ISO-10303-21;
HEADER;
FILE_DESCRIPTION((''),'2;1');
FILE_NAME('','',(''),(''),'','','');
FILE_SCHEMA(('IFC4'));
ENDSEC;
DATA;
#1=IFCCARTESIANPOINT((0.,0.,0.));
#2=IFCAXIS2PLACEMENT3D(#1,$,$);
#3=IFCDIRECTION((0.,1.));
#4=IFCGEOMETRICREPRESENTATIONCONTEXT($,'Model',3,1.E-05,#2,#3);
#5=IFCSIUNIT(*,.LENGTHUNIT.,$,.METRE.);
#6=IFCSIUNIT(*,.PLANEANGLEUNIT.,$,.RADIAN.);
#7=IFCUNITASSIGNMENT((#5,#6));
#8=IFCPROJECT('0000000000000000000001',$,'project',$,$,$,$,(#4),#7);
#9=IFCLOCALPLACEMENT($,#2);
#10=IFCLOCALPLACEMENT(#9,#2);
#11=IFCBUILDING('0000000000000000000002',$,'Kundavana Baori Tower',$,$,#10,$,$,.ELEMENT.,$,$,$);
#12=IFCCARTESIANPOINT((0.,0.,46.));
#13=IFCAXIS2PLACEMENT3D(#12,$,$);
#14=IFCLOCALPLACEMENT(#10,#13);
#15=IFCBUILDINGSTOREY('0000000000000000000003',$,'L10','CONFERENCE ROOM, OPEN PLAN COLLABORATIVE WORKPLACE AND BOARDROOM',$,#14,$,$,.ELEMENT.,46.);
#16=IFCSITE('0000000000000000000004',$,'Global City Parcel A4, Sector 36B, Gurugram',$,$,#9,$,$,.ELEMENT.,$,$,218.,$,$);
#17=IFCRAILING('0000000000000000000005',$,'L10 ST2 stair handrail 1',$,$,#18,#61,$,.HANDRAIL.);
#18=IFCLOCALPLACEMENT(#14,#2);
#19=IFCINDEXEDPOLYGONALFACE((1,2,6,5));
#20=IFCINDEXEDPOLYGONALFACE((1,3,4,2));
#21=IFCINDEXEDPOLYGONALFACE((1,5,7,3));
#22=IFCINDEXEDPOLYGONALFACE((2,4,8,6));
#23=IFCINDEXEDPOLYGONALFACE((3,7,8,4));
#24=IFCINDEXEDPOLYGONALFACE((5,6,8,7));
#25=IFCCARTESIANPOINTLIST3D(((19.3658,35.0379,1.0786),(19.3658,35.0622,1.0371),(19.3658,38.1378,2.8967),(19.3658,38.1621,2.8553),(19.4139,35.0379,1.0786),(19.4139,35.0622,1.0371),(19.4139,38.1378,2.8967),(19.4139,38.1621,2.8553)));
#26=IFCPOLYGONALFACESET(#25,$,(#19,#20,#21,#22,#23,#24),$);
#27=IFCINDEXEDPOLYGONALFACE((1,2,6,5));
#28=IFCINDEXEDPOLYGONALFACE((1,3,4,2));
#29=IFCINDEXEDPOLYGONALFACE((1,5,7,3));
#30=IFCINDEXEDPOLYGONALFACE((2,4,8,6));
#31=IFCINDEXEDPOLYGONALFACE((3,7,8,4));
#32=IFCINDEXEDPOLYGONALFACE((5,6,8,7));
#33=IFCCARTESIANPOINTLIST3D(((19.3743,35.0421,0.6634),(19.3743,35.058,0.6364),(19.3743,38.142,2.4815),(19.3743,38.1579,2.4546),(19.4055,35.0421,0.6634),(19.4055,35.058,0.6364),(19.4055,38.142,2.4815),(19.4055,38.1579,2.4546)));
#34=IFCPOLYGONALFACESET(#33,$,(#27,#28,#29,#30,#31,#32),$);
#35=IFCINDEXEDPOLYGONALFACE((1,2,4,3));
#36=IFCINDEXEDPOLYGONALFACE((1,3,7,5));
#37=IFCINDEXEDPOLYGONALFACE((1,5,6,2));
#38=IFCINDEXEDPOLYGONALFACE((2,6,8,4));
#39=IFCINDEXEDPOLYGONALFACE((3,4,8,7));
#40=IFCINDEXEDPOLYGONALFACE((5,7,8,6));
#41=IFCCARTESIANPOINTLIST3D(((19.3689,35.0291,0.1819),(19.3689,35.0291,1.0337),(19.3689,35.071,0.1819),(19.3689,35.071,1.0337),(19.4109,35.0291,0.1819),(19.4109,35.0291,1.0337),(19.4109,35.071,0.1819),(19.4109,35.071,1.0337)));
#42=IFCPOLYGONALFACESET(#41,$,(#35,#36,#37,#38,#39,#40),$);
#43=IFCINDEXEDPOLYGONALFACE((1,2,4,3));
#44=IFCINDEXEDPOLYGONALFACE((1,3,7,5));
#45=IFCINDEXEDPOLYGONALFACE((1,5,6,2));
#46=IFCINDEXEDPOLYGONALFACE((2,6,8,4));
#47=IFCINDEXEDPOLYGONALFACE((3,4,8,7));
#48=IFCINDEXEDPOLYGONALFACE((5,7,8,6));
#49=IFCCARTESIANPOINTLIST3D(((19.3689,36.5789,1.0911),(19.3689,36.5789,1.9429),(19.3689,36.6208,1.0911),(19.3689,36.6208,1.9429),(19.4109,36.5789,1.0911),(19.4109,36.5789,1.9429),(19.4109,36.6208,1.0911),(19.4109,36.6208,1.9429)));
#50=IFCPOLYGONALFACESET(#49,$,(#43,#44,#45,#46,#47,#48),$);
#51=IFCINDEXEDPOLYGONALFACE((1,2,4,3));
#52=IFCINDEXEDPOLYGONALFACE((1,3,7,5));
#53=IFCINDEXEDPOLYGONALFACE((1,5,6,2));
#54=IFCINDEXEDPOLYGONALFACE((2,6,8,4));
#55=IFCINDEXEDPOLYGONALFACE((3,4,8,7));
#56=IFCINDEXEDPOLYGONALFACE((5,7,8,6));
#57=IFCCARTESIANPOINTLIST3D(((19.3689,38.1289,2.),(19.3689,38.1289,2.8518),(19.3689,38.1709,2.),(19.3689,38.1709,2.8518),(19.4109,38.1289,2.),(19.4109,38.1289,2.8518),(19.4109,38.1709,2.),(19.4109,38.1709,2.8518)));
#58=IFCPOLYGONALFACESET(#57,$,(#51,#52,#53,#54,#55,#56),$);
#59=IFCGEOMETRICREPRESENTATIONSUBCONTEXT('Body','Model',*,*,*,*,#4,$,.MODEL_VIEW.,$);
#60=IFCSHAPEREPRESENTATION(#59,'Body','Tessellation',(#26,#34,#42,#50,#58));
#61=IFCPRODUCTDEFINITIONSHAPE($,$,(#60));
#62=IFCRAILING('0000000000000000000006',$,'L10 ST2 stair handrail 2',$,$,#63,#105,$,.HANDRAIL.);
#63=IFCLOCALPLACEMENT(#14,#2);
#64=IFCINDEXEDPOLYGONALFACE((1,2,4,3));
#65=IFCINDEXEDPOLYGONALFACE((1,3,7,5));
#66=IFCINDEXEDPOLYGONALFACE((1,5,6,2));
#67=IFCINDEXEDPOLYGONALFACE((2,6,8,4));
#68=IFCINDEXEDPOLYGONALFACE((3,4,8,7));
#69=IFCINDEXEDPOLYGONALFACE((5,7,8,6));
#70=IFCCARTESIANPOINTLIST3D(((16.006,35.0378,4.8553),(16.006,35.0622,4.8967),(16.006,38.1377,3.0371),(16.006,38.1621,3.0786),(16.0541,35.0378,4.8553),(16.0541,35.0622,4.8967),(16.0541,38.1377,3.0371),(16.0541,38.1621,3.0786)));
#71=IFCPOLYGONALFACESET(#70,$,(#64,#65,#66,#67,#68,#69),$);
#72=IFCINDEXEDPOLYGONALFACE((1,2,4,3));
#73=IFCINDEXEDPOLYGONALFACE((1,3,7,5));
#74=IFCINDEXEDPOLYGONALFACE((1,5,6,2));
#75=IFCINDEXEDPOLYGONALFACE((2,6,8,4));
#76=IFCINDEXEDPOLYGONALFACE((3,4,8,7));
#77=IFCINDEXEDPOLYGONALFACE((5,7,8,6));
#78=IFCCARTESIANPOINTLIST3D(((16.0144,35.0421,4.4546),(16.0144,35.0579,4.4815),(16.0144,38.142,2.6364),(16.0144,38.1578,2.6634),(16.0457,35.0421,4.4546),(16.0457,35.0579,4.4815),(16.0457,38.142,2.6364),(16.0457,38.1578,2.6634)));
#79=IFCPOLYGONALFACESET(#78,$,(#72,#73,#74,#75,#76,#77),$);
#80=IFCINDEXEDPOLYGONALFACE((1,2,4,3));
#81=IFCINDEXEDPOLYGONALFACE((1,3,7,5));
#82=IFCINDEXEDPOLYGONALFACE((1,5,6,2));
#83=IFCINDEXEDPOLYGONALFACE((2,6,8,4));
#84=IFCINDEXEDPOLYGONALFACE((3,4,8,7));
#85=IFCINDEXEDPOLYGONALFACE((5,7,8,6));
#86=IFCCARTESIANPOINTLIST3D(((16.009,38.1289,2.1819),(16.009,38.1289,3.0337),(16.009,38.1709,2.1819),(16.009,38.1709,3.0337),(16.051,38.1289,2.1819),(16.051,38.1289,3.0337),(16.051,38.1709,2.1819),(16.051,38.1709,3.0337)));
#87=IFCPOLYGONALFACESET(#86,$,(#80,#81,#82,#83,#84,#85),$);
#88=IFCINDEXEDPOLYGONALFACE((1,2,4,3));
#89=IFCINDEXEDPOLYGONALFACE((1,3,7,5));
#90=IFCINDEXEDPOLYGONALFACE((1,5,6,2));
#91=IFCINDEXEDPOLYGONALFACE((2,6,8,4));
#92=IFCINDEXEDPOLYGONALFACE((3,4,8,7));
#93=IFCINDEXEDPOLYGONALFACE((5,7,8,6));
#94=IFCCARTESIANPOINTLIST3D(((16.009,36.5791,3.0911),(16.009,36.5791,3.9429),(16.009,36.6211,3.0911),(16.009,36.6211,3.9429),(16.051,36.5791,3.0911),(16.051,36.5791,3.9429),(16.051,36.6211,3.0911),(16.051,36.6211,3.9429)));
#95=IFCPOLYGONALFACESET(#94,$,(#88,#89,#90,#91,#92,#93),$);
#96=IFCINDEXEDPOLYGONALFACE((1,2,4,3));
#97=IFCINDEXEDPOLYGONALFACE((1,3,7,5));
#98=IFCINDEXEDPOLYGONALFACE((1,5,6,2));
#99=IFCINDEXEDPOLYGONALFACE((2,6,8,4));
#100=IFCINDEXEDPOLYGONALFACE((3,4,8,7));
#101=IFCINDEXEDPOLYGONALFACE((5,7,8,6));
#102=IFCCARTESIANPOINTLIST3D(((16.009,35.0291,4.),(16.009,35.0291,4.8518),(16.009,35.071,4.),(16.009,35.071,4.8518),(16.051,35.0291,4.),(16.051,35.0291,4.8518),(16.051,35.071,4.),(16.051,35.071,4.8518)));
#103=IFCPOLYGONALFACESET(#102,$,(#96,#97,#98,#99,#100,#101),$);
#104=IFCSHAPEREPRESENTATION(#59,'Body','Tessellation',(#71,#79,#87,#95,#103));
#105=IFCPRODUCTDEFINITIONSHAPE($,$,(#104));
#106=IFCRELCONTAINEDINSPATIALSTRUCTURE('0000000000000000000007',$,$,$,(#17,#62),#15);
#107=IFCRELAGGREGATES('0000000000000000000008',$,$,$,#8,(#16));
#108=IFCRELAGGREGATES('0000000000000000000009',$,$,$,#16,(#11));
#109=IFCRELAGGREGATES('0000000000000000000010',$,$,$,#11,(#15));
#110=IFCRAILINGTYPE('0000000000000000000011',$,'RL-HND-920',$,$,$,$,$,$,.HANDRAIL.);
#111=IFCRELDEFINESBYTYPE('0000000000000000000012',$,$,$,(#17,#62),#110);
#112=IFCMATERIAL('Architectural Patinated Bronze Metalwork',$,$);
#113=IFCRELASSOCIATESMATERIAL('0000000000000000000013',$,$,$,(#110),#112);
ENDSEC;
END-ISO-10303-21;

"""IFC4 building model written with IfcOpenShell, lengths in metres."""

from ifc_helpers import new_model, si_unit, direction, frame, origin, origin_2d, place, context, subcontext, project, spatial, rectangle, extrude, material, type_object, element, save


model = new_model("IFC4")

# Units and contexts
model_context = context("Model", 3, precision=1e-05, world=origin(), true_north=direction((0.0, 1.0)))
body_context = subcontext(model_context, "Body", "Model", "MODEL_VIEW")
ifc_project = project(units=[si_unit("LENGTHUNIT", "METRE"), si_unit("PLANEANGLEUNIT", "RADIAN")], contexts=[model_context])

# Site, building, storey
site_placement = place(None, origin())
site = spatial("IfcSite", under=ifc_project, at=site_placement, Name="Global City Parcel A4, Sector 36B, Gurugram", CompositionType="ELEMENT", RefElevation=218.0)
building_placement = place(site_placement, origin())
building = spatial("IfcBuilding", under=site, at=building_placement, Name="Kundavana Baori Tower", CompositionType="ELEMENT")
storey_placement = place(building_placement, frame((0.0, 0.0, 46.0)))
storey = spatial("IfcBuildingStorey", under=building, at=storey_placement, Name="L10", Description="CONFERENCE ROOM, OPEN PLAN COLLABORATIVE WORKPLACE AND BOARDROOM", CompositionType="ELEMENT", Elevation=46.0)

# Railings
ifc_material_1 = material(Name="Architectural Patinated Bronze Metalwork")
railing_type_1 = type_object("IfcRailingType", Name="RL-HND-920", PredefinedType="HANDRAIL", material=ifc_material_1)
railing_1_placement = place(storey_placement, frame((19.3899, 35.05, 0.1819)))
element("IfcRailing", 1, at=railing_1_placement, inside=storey, type_object=railing_type_1, Name="L10 ST2 stair handrail 1", PredefinedType="HANDRAIL", context=body_context, shape_type="SweptSolid", body=[
    extrude(rectangle(XDim=0.0481, YDim=0.0481, at=origin_2d()), frame((0.0, 0.0, 0.876), z_axis=(0.0, 0.862581, 0.505918), x_axis=(-1.0, 0.0, 0.0)), (0.0, 0.0, 1.0), 3.5938),
    extrude(rectangle(XDim=0.0312, YDim=0.0312, at=origin_2d()), frame((0.0, 0.0, 0.468), z_axis=(0.0, 0.862581, 0.505918), x_axis=(-1.0, 0.0, 0.0)), (0.0, 0.0, 1.0), 3.5938),
    extrude(rectangle(XDim=0.042, YDim=0.042, at=origin_2d()), origin(), (0.0, 0.0, 1.0), 0.8518),
    extrude(rectangle(XDim=0.042, YDim=0.042, at=origin_2d()), frame((0.0, 1.5498, 0.9092)), (0.0, 0.0, 1.0), 0.8518),
    extrude(rectangle(XDim=0.042, YDim=0.042, at=origin_2d()), frame((0.0, 3.0999, 1.8181)), (0.0, 0.0, 1.0), 0.8518),
])
railing_2_placement = place(storey_placement, frame((16.03, 38.1499, 2.1819)))
element("IfcRailing", 2, at=railing_2_placement, inside=storey, type_object=railing_type_1, Name="L10 ST2 stair handrail 2", PredefinedType="HANDRAIL", context=body_context, shape_type="SweptSolid", body=[
    extrude(rectangle(XDim=0.0481, YDim=0.0481, at=origin_2d()), frame((0.0, 0.0, 0.876), z_axis=(0.0, -0.862581, 0.505918), x_axis=(1.0, 0.0, 0.0)), (0.0, 0.0, 1.0), 3.5938),
    extrude(rectangle(XDim=0.0312, YDim=0.0312, at=origin_2d()), frame((0.0, 0.0, 0.468), z_axis=(0.0, -0.862581, 0.505918), x_axis=(1.0, 0.0, 0.0)), (0.0, 0.0, 1.0), 3.5938),
    extrude(rectangle(XDim=0.042, YDim=0.042, at=origin_2d()), origin(), (0.0, 0.0, 1.0), 0.8518),
    extrude(rectangle(XDim=0.042, YDim=0.042, at=origin_2d()), frame((0.0, -1.5498, 0.9092)), (0.0, 0.0, 1.0), 0.8518),
    extrude(rectangle(XDim=0.042, YDim=0.042, at=origin_2d()), frame((0.0, -3.0999, 1.8181)), (0.0, 0.0, 1.0), 0.8518),
])

save(model, "model.ifc")
